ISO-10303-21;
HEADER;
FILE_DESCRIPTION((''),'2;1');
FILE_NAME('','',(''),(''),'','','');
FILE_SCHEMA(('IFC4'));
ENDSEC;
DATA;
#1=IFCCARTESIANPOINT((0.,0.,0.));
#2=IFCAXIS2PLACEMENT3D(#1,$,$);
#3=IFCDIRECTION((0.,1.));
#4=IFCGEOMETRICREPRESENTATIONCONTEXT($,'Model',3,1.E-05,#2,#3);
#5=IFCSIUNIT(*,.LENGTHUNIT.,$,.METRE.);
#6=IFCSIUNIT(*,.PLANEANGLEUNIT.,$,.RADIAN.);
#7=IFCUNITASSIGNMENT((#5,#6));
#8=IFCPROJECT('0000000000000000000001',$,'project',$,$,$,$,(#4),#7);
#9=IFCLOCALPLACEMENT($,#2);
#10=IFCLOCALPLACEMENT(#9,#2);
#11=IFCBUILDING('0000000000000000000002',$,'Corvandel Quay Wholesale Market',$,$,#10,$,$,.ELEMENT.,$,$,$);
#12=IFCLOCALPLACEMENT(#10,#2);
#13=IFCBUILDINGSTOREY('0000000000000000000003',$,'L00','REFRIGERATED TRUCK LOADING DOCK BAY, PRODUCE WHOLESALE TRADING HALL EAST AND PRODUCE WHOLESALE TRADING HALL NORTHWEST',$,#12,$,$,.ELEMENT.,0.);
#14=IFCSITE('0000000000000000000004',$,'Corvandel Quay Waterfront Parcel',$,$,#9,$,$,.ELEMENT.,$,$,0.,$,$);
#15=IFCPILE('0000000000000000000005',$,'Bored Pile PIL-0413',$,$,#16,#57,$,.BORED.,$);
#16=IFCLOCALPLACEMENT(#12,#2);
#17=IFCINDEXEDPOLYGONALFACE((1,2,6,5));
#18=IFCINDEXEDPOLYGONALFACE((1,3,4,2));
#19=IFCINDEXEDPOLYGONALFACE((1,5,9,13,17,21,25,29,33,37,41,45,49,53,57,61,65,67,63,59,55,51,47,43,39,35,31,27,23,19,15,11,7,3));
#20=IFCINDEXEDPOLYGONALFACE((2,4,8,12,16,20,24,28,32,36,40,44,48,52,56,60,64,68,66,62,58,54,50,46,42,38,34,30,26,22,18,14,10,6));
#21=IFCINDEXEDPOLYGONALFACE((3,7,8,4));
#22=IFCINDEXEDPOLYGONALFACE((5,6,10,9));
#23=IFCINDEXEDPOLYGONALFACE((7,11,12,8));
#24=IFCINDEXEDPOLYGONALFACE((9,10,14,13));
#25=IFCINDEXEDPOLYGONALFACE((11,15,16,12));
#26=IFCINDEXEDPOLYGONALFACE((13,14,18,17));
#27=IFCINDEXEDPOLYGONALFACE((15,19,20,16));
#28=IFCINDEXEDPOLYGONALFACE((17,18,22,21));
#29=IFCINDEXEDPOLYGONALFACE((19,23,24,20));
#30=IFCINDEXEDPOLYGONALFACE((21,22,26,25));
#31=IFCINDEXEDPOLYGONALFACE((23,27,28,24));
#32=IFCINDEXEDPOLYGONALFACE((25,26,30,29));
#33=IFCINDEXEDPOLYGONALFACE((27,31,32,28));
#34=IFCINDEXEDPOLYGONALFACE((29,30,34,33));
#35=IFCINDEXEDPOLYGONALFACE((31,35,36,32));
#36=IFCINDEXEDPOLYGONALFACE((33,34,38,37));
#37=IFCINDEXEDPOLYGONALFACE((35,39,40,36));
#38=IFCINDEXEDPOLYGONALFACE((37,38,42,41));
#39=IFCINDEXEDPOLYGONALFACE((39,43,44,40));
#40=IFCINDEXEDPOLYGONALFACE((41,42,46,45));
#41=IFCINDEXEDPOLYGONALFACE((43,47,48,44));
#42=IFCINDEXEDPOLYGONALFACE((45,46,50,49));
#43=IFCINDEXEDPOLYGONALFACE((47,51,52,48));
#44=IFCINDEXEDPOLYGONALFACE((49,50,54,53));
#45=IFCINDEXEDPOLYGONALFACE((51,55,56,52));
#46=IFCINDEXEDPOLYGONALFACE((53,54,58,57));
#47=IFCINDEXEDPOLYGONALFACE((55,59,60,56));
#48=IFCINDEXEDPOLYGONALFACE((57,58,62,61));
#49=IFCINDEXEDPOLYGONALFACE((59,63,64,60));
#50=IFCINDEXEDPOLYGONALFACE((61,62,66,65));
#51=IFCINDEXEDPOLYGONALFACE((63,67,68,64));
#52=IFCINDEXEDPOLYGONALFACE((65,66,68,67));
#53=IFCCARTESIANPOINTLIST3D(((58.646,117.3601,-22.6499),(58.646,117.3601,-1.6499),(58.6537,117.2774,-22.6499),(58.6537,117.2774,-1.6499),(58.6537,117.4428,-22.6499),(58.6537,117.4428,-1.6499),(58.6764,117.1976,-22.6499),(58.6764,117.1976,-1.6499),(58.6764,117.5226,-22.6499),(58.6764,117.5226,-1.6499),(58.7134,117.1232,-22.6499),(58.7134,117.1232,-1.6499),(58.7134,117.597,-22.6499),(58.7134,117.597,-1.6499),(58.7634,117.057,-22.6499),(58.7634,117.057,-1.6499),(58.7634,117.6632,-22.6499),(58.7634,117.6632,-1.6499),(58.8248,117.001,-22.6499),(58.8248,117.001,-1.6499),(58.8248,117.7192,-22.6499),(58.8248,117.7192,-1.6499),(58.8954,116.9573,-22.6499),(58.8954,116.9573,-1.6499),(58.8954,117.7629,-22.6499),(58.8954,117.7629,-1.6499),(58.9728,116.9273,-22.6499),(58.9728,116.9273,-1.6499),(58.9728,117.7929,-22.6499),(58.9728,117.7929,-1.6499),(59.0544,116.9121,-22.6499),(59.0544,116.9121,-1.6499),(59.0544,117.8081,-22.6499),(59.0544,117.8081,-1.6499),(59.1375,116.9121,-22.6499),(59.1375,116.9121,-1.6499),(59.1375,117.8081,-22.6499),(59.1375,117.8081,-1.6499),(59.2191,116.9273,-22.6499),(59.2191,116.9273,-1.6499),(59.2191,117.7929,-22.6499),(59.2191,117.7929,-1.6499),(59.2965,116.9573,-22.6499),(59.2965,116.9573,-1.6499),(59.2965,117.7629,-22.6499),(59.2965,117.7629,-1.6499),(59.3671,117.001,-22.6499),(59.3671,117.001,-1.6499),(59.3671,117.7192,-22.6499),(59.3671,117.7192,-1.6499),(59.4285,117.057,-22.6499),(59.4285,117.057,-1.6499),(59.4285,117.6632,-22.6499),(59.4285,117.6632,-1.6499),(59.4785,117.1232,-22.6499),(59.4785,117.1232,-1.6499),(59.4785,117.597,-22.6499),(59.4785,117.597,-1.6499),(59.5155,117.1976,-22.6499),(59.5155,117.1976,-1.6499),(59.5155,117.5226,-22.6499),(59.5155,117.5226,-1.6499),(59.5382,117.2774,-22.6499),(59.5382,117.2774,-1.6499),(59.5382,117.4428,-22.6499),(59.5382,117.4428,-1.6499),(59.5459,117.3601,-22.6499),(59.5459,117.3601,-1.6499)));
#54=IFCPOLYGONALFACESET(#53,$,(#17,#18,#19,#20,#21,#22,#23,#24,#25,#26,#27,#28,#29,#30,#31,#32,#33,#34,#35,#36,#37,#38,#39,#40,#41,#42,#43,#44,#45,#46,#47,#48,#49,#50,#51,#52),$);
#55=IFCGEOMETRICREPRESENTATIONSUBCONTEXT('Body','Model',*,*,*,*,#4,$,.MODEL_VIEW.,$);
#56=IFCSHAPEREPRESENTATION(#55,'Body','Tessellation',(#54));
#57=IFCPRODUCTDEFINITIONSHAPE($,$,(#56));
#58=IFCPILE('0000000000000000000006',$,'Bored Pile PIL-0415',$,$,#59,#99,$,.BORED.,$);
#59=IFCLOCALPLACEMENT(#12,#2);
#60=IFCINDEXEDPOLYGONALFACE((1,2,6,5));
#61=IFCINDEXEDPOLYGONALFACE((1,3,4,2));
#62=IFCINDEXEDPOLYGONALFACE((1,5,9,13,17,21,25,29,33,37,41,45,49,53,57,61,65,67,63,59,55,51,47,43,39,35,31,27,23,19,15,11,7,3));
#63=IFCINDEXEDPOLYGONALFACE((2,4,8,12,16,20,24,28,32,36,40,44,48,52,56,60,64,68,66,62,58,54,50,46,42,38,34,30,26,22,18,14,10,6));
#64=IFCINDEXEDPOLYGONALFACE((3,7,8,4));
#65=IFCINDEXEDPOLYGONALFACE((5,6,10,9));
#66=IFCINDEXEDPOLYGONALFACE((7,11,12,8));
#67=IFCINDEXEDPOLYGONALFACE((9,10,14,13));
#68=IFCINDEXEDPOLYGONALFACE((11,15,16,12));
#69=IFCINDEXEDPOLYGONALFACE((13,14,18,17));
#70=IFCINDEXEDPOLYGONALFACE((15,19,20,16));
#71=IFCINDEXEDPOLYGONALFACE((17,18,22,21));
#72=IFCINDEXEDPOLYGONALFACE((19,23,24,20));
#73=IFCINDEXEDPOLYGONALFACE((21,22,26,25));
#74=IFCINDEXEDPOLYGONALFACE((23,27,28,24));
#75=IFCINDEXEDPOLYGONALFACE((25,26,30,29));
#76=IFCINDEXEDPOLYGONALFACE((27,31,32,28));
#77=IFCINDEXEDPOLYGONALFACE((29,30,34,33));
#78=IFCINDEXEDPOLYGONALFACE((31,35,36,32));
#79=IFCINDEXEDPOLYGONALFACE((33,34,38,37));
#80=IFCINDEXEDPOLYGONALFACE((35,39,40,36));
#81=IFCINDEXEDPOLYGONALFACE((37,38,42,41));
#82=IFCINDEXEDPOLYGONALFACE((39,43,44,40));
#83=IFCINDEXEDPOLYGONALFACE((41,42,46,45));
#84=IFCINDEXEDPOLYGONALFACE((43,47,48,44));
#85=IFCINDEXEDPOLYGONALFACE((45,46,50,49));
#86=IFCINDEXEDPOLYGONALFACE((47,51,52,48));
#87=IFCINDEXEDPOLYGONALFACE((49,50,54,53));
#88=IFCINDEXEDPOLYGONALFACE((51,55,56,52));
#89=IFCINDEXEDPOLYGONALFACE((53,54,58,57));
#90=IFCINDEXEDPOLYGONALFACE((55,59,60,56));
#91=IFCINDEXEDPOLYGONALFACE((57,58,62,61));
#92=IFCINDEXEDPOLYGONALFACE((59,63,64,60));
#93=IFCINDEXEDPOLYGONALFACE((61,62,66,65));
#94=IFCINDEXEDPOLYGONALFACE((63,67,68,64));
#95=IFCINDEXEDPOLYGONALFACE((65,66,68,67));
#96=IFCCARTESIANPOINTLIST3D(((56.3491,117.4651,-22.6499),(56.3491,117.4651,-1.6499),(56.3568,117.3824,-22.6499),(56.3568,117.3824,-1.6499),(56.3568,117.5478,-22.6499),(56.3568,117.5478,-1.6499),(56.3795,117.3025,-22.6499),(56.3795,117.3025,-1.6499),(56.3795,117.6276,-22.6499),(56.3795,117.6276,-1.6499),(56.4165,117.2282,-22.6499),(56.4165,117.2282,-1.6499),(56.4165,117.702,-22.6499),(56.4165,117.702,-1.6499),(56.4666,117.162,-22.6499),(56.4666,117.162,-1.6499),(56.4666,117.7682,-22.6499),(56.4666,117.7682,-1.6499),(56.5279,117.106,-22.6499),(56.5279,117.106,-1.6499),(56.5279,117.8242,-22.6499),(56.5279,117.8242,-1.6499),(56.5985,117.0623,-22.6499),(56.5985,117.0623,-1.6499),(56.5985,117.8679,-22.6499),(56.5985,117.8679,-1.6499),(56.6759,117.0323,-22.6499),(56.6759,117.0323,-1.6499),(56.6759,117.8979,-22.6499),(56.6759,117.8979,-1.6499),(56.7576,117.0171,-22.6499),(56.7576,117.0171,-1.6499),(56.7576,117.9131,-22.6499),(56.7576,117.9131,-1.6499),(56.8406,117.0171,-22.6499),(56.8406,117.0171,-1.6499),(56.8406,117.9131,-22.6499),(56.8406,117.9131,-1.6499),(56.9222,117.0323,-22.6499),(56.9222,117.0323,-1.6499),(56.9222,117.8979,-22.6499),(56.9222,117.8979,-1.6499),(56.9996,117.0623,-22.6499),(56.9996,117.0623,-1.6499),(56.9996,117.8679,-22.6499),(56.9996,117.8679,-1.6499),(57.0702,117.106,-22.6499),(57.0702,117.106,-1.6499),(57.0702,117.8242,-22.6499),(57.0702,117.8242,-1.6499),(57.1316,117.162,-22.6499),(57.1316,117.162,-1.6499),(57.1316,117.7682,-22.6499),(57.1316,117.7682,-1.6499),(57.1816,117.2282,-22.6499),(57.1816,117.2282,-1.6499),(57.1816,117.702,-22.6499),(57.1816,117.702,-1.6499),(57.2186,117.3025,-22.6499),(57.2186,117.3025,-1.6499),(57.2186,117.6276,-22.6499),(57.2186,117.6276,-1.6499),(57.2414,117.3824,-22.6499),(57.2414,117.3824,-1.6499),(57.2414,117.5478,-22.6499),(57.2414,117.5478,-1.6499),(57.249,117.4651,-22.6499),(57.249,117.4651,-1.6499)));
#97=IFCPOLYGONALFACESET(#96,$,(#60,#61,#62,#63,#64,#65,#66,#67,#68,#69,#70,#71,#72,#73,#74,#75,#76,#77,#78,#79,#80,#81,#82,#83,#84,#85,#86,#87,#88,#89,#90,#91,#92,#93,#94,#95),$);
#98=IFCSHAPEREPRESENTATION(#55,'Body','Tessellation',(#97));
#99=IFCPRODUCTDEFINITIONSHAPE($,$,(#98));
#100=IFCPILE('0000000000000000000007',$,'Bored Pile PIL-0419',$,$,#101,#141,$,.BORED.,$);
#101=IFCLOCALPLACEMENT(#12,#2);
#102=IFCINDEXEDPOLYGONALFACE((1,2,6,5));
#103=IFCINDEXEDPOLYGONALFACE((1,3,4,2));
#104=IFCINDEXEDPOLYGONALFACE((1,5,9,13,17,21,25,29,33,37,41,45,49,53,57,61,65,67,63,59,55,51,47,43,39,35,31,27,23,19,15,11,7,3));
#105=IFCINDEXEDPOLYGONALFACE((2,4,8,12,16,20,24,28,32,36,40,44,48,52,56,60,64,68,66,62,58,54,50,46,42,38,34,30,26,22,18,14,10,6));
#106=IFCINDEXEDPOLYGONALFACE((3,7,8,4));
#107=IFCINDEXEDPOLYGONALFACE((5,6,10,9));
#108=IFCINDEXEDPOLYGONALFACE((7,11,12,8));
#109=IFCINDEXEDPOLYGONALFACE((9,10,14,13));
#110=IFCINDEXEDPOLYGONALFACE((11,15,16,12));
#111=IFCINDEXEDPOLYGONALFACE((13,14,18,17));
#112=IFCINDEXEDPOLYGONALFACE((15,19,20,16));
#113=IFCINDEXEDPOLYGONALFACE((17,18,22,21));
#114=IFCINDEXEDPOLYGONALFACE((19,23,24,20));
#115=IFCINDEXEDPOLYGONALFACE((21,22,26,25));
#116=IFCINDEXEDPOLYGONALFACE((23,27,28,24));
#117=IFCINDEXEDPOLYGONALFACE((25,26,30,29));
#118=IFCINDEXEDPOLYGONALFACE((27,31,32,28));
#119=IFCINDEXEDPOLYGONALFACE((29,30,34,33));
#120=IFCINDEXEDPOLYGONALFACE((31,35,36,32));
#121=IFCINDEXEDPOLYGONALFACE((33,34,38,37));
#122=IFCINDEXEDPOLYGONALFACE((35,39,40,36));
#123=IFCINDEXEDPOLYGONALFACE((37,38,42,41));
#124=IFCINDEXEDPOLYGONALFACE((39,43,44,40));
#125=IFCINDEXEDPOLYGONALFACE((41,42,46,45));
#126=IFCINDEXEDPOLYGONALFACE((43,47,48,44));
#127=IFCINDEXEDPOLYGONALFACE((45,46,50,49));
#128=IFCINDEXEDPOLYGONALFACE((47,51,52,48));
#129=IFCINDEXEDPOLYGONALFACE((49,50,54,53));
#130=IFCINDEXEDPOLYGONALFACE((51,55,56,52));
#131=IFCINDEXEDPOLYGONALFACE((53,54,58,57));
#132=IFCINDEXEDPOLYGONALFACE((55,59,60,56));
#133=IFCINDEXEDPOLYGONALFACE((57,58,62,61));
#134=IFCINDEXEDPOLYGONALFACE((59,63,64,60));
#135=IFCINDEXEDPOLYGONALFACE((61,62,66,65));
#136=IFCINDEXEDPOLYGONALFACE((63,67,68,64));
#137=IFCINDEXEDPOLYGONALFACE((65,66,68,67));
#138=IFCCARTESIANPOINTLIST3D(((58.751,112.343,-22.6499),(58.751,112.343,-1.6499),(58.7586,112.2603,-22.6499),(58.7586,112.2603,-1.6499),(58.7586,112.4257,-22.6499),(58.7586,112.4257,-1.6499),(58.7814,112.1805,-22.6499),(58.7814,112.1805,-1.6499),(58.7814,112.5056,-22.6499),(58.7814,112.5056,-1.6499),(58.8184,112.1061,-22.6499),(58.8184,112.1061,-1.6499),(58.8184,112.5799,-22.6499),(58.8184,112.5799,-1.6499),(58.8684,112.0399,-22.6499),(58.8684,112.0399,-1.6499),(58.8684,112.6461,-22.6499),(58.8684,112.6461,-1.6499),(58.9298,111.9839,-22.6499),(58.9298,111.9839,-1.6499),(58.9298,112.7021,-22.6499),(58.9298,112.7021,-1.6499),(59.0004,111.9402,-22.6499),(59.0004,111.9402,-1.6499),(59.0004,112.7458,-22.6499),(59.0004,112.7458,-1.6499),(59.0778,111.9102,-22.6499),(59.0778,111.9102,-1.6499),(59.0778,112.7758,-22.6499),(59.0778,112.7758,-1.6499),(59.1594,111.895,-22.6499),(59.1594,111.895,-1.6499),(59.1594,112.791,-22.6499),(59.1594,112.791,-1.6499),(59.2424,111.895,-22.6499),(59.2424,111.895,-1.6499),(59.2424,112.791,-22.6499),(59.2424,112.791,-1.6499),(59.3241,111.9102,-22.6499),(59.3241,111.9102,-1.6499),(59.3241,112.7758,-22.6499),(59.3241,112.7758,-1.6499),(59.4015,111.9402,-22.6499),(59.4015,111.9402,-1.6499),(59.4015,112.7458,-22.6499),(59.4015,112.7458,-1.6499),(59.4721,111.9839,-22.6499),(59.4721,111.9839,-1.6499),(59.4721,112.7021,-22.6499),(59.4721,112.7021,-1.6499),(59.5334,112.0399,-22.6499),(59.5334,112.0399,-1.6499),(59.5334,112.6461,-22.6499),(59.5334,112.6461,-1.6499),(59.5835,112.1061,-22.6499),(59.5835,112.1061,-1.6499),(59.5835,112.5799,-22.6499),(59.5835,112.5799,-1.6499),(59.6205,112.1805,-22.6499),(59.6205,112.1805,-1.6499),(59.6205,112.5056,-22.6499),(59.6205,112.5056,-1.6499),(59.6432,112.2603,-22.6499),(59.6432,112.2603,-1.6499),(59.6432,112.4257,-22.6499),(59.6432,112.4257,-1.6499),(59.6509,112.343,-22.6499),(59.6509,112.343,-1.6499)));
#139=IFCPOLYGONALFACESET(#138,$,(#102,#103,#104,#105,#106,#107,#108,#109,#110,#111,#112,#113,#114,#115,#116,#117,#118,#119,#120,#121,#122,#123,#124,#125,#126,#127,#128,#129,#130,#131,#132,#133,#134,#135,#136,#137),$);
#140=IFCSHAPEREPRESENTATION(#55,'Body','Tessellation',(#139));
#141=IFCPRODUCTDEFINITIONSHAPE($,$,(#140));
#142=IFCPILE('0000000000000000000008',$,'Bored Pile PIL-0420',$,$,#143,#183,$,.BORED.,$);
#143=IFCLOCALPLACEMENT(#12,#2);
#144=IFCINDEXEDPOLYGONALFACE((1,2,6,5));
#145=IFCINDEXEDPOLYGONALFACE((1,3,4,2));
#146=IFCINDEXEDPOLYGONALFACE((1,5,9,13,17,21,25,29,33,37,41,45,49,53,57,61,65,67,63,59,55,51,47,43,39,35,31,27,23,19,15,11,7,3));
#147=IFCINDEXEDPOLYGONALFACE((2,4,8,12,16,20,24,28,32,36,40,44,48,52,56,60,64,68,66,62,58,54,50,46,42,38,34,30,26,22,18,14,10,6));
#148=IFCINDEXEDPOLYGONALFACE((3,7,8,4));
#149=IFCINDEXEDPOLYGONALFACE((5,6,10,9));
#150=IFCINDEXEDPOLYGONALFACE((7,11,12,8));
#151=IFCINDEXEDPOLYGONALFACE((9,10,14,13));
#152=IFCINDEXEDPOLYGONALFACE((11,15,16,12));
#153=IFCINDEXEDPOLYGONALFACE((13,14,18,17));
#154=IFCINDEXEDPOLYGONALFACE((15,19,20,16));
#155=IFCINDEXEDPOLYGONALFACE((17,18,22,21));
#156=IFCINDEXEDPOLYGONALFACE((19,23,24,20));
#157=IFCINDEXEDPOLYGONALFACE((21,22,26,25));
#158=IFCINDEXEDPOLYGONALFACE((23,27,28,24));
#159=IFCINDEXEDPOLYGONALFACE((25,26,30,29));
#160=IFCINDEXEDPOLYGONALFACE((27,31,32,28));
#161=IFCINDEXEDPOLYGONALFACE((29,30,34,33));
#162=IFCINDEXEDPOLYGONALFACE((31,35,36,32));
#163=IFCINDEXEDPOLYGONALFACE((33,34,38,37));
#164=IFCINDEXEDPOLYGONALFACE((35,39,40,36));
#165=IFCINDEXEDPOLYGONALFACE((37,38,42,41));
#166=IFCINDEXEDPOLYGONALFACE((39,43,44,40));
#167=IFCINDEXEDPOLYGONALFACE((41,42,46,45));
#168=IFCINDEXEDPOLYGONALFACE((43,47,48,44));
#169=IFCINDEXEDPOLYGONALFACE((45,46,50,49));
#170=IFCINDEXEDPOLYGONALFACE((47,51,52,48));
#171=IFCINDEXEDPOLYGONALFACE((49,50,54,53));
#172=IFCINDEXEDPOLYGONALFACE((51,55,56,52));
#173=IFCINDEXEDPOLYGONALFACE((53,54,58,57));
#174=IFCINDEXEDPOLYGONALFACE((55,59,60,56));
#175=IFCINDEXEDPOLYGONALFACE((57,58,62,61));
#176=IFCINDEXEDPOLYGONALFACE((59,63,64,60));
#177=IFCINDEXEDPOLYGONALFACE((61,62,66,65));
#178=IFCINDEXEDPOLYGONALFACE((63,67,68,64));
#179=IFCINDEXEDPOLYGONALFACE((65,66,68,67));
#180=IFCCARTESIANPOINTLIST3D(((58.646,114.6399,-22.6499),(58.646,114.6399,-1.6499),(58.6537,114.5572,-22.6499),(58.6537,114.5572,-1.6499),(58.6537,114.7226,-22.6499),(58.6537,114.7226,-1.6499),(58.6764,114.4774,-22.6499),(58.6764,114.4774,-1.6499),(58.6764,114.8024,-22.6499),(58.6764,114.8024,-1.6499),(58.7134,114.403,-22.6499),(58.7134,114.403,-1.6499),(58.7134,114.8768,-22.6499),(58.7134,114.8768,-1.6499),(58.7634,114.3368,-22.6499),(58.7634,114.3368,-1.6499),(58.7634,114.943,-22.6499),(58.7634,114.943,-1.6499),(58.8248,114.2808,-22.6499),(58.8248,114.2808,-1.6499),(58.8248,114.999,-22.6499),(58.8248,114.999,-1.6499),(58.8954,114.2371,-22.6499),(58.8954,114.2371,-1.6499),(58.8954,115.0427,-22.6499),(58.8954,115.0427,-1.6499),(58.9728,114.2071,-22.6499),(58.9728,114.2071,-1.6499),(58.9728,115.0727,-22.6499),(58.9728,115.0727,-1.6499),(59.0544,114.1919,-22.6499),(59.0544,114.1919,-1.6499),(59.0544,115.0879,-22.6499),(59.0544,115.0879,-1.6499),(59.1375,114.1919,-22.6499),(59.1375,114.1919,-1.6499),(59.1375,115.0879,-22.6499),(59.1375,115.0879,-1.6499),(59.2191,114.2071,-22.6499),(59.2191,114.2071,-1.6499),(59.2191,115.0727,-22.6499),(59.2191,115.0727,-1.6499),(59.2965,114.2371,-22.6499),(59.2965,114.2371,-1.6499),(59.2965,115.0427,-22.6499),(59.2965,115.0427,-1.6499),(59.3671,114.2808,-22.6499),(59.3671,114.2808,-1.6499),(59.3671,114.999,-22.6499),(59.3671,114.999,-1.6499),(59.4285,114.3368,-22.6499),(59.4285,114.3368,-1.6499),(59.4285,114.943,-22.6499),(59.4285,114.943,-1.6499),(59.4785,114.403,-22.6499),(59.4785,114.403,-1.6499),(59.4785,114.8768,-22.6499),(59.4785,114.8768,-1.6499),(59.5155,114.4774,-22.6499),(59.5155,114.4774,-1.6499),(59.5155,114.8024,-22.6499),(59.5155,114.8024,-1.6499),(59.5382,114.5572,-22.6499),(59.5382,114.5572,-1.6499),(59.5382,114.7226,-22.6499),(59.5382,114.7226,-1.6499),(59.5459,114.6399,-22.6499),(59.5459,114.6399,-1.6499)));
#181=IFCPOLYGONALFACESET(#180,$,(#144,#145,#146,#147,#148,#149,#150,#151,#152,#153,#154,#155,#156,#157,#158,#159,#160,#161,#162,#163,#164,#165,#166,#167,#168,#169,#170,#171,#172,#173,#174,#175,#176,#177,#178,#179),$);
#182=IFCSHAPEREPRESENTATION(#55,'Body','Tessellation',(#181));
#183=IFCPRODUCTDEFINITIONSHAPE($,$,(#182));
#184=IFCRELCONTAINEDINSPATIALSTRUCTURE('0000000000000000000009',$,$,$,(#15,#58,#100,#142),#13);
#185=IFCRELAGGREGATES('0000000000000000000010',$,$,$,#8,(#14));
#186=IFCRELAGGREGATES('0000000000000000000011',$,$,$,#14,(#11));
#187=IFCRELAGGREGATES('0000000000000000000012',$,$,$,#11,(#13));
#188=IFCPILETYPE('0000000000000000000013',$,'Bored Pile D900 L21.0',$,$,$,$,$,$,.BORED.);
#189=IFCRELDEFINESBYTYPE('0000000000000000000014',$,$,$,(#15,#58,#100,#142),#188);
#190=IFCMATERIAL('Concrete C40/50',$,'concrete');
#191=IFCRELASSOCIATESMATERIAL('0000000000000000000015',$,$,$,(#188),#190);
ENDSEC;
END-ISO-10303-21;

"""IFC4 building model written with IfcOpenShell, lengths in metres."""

from ifc_helpers import new_model, si_unit, direction, frame, origin, origin_2d, place, context, subcontext, project, spatial, circle, extrude, material, material_profile, profile_set, type_object, element, save


model = new_model("IFC4")

# Units and contexts
model_context = context("Model", 3, precision=1e-05, world=origin(), true_north=direction((0.0, 1.0)))
body_context = subcontext(model_context, "Body", "Model", "MODEL_VIEW")
ifc_project = project(units=[si_unit("LENGTHUNIT", "METRE"), si_unit("PLANEANGLEUNIT", "RADIAN")], contexts=[model_context])

# Site, building, storey
site_placement = place(None, origin())
site = spatial("IfcSite", under=ifc_project, at=site_placement, Name="Corvandel Quay Waterfront Parcel", CompositionType="ELEMENT", RefElevation=0.0)
building_placement = place(site_placement, origin())
building = spatial("IfcBuilding", under=site, at=building_placement, Name="Corvandel Quay Wholesale Market", CompositionType="ELEMENT")
storey_placement = place(building_placement, origin())
storey = spatial("IfcBuildingStorey", under=building, at=storey_placement, Name="L00", Description="REFRIGERATED TRUCK LOADING DOCK BAY, PRODUCE WHOLESALE TRADING HALL EAST AND PRODUCE WHOLESALE TRADING HALL NORTHWEST", CompositionType="ELEMENT", Elevation=0.0)

# Piles
ifc_material_1 = material(Name="Concrete C40/50", Category="concrete")
ifc_material_profile_1 = material_profile(ifc_material_1, circle(Radius=0.45, at=origin_2d()), Name="RC-PILE-D900")
ifc_profile_set_1 = profile_set([ifc_material_profile_1], Name="Concrete C40/50")
pile_type = type_object("IfcPileType", Name="Bored Pile D900 L21.0", PredefinedType="BORED", material=ifc_profile_set_1)
for number, where, z_axis, x_axis, name in (
    (1, (59.0959, 117.3601, -1.6499), (0.0, 0.0, -1.0), (1.0, 0.0, 0.0), "Bored Pile PIL-0413"),
    (2, (56.7991, 117.4651, -1.6499), (0.0, 0.0, -1.0), (1.0, 0.0, 0.0), "Bored Pile PIL-0415"),
    (3, (59.2009, 112.343, -1.6499), (0.0, 0.0, -1.0), (1.0, 0.0, 0.0), "Bored Pile PIL-0419"),
    (4, (59.0959, 114.6399, -1.6499), (0.0, 0.0, -1.0), (1.0, 0.0, 0.0), "Bored Pile PIL-0420"),
):
    element("IfcPile", number, at=place(storey_placement, frame(where, z_axis=z_axis, x_axis=x_axis)), inside=storey, type_object=pile_type, Name=name, PredefinedType="BORED", context=body_context, shape_type="SweptSolid", body=[
        extrude(circle(Radius=0.45, at=origin_2d()), origin(), (0.0, 0.0, 1.0), 21.0),
    ])

save(model, "model.ifc")
